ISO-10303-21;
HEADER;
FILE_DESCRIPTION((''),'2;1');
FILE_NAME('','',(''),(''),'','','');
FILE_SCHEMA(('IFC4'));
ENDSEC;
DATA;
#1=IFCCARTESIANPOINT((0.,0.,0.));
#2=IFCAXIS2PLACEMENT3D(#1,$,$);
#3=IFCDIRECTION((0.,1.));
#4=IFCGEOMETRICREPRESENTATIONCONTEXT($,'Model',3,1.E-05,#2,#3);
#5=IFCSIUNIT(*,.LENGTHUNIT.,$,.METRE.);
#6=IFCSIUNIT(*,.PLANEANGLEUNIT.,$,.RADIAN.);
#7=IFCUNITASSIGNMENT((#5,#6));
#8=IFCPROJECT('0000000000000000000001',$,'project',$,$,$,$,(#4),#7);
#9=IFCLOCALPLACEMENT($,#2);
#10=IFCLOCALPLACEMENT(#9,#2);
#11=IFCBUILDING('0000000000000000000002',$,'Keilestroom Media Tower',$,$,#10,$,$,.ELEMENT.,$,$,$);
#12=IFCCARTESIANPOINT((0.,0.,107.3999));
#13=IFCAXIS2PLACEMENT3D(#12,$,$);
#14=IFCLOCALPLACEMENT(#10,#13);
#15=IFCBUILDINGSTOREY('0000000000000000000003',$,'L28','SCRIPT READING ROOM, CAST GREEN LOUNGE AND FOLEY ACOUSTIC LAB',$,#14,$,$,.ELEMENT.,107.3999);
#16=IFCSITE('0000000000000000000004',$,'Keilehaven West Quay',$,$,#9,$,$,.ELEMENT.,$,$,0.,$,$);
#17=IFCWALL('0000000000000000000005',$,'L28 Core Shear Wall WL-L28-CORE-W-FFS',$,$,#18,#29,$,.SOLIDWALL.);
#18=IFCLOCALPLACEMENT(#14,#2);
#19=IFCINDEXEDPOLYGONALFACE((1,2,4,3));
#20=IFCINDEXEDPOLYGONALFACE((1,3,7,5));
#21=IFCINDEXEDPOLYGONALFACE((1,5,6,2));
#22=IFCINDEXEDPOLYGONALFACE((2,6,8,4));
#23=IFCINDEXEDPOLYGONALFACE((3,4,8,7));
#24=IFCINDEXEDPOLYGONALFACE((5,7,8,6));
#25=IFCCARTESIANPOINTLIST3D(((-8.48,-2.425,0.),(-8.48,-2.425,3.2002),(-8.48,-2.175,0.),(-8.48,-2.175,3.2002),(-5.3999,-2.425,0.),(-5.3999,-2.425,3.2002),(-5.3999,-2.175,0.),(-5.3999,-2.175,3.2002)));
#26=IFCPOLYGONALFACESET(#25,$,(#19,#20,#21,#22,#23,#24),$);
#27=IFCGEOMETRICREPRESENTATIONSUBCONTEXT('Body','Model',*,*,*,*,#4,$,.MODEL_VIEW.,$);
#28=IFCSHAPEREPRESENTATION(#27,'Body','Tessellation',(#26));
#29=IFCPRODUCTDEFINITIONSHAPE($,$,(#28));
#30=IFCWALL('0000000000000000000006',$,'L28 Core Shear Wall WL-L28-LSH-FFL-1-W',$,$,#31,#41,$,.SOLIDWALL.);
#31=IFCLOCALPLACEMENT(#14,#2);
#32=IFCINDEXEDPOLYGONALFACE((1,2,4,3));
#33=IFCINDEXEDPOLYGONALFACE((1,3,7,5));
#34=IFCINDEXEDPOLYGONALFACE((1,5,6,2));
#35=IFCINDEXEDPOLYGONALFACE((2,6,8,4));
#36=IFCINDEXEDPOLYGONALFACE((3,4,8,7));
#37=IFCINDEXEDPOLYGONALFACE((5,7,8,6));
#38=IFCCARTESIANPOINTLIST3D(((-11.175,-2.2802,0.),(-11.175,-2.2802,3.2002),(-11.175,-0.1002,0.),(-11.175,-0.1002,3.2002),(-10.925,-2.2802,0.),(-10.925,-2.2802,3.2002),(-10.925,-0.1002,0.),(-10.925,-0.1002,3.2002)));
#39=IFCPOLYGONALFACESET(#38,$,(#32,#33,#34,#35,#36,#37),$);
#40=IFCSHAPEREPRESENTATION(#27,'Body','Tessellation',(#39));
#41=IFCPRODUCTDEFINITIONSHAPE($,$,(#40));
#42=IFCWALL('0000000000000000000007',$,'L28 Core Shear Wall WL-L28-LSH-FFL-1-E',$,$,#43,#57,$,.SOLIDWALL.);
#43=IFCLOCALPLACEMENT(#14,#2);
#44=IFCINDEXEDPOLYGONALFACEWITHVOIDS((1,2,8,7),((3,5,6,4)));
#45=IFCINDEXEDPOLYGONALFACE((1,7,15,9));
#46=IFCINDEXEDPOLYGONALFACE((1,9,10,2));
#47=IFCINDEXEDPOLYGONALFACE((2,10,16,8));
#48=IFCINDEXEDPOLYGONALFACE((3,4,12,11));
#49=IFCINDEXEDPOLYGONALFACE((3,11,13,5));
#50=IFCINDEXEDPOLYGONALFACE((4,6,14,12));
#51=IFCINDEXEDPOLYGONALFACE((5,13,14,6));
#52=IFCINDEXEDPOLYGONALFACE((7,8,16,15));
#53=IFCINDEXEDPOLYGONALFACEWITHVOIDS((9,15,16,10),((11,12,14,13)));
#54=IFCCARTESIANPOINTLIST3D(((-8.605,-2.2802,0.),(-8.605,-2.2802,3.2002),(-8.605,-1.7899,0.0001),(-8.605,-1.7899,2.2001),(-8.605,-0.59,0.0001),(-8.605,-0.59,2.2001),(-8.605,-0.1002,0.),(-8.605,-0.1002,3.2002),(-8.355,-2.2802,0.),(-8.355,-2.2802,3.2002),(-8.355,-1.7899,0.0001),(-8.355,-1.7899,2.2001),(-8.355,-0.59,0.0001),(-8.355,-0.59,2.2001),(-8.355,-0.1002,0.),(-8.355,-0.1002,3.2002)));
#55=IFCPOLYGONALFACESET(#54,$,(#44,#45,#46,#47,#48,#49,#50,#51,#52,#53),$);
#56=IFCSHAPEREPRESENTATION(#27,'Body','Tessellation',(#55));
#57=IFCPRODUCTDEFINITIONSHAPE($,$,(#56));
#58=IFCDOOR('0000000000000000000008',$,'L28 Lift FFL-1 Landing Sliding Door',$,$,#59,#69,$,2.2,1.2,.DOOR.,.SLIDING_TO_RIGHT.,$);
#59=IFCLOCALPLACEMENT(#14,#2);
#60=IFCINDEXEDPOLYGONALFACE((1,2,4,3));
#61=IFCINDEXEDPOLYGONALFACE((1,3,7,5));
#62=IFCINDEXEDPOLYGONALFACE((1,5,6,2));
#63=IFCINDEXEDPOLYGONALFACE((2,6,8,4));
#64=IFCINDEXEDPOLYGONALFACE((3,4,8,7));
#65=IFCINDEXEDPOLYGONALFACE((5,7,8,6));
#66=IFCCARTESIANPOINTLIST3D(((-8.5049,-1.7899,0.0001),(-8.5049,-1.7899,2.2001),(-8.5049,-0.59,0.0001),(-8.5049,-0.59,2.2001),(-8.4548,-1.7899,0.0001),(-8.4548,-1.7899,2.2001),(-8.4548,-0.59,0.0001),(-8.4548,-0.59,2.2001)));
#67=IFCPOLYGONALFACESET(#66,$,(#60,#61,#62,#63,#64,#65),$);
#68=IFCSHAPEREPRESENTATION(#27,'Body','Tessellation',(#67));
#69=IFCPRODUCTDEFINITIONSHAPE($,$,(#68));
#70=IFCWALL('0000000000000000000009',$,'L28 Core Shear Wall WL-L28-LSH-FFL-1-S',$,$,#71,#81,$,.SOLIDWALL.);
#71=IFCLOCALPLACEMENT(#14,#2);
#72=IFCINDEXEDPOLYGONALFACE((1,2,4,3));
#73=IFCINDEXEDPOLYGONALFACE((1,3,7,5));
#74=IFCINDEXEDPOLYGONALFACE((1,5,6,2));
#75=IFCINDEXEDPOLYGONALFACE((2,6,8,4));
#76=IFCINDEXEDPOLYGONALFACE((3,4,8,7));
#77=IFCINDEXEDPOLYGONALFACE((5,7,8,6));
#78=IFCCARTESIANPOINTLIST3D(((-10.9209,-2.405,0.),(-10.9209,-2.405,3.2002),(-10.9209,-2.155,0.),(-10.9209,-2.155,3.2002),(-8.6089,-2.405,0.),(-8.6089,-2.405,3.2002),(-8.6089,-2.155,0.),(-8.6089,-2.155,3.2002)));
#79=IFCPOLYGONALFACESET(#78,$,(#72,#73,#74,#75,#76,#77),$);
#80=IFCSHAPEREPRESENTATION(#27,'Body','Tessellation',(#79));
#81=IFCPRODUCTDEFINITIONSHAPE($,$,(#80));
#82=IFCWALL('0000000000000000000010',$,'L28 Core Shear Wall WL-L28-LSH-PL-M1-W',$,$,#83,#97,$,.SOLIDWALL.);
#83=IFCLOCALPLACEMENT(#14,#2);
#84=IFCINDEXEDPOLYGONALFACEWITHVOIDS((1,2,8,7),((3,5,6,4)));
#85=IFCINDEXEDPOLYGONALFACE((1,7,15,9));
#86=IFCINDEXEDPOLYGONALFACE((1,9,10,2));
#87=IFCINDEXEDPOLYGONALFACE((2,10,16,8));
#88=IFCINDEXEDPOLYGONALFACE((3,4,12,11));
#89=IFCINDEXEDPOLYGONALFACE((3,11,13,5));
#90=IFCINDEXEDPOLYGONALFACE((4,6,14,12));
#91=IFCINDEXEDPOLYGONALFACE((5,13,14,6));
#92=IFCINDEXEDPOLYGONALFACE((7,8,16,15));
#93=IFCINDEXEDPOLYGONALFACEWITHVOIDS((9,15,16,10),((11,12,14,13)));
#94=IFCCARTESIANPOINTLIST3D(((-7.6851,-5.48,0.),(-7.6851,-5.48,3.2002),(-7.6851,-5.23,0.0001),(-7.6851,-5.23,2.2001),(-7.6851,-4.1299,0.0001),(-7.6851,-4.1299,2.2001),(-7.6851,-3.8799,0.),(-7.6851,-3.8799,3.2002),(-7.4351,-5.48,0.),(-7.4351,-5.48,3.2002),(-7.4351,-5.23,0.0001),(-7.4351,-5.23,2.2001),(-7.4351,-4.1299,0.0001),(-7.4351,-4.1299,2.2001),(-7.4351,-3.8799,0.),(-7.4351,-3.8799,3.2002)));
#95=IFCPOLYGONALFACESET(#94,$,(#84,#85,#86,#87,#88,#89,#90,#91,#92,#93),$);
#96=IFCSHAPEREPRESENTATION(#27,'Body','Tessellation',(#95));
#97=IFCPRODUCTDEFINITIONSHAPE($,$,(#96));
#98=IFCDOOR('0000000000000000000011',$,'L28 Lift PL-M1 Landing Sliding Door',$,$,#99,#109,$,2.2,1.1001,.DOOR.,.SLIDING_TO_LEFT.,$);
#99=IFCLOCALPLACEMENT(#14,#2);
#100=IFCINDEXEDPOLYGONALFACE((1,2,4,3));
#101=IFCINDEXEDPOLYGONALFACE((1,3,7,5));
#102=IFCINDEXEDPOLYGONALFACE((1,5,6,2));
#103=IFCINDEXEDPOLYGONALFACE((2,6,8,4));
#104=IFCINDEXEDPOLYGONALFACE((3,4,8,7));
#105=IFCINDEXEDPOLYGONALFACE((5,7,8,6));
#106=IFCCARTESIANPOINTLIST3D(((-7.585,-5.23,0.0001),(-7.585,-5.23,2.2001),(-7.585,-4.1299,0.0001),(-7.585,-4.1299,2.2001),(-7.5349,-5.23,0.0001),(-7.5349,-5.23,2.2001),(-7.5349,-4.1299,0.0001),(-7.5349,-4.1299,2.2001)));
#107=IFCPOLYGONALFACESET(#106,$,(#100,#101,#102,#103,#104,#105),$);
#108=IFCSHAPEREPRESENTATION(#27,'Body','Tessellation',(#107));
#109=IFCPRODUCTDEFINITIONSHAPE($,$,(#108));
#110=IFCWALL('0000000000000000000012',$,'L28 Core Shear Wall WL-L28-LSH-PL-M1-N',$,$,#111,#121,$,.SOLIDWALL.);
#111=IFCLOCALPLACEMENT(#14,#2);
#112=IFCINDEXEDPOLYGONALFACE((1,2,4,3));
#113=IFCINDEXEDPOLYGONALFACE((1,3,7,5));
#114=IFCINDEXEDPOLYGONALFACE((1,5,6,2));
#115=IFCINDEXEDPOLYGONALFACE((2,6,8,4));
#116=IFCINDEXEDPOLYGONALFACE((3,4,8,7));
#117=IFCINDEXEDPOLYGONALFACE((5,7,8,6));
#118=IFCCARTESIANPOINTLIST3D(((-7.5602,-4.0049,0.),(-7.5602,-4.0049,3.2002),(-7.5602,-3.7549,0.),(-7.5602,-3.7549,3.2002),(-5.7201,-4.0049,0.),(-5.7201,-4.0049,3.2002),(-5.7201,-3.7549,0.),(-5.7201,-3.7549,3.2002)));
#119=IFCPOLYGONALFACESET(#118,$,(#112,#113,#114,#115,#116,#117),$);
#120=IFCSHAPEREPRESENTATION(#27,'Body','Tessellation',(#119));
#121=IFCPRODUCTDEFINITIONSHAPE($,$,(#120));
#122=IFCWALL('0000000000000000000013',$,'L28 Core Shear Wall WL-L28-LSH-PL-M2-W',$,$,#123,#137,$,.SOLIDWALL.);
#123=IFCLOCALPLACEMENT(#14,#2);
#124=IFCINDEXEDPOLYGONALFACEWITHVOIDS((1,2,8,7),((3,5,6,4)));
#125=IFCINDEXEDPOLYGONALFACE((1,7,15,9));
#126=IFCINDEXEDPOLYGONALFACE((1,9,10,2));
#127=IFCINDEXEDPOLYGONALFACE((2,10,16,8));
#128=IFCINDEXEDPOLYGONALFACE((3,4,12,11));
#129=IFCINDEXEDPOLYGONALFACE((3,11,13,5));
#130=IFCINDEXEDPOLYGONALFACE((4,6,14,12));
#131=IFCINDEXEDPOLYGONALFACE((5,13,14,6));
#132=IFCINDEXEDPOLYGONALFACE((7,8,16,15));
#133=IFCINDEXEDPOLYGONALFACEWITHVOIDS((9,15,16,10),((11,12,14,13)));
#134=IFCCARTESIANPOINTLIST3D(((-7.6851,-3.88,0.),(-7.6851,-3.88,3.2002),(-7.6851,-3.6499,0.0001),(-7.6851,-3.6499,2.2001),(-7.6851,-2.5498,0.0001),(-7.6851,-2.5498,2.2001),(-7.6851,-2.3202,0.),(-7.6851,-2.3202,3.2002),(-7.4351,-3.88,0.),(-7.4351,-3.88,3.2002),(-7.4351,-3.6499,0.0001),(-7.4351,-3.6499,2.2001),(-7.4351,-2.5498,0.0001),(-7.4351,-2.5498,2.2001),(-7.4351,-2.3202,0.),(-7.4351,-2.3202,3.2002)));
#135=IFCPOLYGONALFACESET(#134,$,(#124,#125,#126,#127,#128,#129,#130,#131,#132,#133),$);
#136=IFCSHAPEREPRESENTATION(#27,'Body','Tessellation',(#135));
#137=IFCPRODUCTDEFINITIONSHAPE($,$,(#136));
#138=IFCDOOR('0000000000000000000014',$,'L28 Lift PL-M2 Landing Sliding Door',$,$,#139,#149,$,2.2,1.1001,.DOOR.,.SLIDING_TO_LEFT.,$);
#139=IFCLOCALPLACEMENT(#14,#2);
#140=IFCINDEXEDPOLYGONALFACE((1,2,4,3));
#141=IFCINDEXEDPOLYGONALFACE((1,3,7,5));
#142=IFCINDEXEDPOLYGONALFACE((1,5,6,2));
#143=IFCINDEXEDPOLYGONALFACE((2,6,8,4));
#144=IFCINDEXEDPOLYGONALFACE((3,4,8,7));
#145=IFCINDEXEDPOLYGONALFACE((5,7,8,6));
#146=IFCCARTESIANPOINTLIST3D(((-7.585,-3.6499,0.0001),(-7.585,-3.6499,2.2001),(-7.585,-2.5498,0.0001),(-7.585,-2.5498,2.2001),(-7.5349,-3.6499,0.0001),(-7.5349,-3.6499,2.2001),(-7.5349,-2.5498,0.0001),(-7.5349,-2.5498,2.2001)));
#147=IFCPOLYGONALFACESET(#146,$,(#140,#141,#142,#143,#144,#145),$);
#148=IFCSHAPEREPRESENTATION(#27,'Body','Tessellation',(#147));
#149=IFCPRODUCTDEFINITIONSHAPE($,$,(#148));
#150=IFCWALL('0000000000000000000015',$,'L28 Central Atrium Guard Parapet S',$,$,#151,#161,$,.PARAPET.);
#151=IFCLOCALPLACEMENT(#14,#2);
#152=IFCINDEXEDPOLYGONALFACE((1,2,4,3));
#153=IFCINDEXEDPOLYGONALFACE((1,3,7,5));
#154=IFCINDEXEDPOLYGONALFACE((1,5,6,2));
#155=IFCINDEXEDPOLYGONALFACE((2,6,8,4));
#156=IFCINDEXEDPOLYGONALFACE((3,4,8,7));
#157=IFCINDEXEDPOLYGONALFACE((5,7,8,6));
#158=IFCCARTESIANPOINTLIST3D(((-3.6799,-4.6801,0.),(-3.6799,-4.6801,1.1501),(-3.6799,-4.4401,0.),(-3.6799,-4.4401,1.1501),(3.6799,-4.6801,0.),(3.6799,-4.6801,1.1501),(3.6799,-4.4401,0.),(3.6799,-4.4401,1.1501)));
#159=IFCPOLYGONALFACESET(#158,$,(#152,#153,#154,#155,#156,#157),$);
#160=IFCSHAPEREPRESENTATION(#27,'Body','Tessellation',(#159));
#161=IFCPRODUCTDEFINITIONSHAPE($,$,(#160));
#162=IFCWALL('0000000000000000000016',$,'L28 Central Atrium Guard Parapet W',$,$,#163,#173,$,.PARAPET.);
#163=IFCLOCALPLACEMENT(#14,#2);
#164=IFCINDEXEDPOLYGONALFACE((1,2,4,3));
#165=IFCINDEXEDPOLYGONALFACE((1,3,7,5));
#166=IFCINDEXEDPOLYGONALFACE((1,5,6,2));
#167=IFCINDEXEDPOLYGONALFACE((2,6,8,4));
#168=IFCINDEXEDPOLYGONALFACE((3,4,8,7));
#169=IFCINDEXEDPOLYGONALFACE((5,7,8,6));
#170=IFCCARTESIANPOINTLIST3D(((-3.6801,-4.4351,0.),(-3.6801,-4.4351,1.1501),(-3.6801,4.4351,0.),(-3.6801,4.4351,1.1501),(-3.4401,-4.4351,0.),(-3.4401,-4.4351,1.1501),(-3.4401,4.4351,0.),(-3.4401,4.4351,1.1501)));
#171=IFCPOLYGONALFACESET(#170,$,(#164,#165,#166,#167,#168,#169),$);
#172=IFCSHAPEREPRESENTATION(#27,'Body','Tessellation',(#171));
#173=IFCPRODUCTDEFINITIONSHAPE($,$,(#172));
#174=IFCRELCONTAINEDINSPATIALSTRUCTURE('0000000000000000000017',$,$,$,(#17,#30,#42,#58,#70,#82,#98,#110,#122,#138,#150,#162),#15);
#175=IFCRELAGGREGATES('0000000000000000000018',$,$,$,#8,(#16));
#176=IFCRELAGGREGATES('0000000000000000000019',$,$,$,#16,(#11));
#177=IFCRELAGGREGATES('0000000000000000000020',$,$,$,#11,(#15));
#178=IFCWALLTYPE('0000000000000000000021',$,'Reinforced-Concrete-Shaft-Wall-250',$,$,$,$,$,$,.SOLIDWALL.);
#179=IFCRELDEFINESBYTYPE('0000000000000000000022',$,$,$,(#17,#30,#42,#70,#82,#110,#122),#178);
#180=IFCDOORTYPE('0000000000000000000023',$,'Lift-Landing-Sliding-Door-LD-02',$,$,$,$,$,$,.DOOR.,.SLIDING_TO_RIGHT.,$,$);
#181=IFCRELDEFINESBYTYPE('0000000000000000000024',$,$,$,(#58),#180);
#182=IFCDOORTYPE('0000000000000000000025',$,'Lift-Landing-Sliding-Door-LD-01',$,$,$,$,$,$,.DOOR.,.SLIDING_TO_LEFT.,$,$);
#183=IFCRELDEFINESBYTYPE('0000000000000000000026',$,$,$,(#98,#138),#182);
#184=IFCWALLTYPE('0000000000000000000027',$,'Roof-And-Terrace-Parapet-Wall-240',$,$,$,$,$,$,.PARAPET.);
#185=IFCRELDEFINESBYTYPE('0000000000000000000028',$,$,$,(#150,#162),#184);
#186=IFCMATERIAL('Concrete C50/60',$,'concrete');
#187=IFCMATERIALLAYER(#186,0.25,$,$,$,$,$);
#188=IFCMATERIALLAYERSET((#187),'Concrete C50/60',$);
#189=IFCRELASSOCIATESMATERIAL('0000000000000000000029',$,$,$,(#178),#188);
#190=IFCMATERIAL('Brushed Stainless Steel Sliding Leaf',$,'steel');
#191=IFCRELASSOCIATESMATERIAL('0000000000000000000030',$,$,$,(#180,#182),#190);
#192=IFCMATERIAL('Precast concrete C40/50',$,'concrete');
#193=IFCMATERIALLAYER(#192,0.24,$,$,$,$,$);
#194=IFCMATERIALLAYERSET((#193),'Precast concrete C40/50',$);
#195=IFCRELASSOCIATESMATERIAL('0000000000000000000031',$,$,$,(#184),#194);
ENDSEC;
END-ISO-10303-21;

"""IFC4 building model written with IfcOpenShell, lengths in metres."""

from ifc_helpers import new_model, si_unit, direction, frame, frame_2d, origin, place, context, subcontext, project, spatial, rectangle, extrude, source, transform, mapped, material, layer, layer_set, type_object, element, fill, save


model = new_model("IFC4")

# Units and contexts
model_context = context("Model", 3, precision=1e-05, world=origin(), true_north=direction((0.0, 1.0)))
body_context = subcontext(model_context, "Body", "Model", "MODEL_VIEW")
ifc_project = project(units=[si_unit("LENGTHUNIT", "METRE"), si_unit("PLANEANGLEUNIT", "RADIAN")], contexts=[model_context])

# Site, building, storey
site_placement = place(None, origin())
site = spatial("IfcSite", under=ifc_project, at=site_placement, Name="Keilehaven West Quay", CompositionType="ELEMENT", RefElevation=0.0)
building_placement = place(site_placement, origin())
building = spatial("IfcBuilding", under=site, at=building_placement, Name="Keilestroom Media Tower", CompositionType="ELEMENT")
storey_placement = place(building_placement, frame((0.0, 0.0, 107.3999)))
storey = spatial("IfcBuildingStorey", under=building, at=storey_placement, Name="L28", Description="SCRIPT READING ROOM, CAST GREEN LOUNGE AND FOLEY ACOUSTIC LAB", CompositionType="ELEMENT", Elevation=107.3999)

# Shared definitions
shared_shape_1 = source(origin(), body_context, "Body", "SweptSolid", [
    extrude(rectangle(XDim=1.2, YDim=2.2, at=frame_2d((0.6001, 1.1001))), frame((0.0, 0.0249, 0.0), z_axis=(0.0, -1.0, 0.0), x_axis=(1.0, 0.0, 0.0)), (0.0, 0.0, 1.0), 0.05),
])

# Walls
ifc_material_1 = material(Name="Concrete C50/60", Category="concrete")
ifc_layer_1 = layer(ifc_material_1, 0.25)
ifc_layer_set_1 = layer_set([ifc_layer_1], Name="Concrete C50/60")
wall_type_1 = type_object("IfcWallType", Name="Reinforced-Concrete-Shaft-Wall-250", PredefinedType="SOLIDWALL", material=ifc_layer_set_1)
wall_1_placement = place(storey_placement, frame((-8.48, -2.3, 0.0), z_axis=(0.0, 0.0, 1.0), x_axis=(1.0, 0.0, 0.0)))
element("IfcWall", 1, at=wall_1_placement, inside=storey, type_object=wall_type_1, Name="L28 Core Shear Wall WL-L28-CORE-W-FFS", PredefinedType="SOLIDWALL", context=body_context, shape_type="SweptSolid", body=[
    extrude(rectangle(XDim=3.0801, YDim=0.25, at=frame_2d((1.54, 0.0))), origin(), (0.0, 0.0, 1.0), 3.2002),
])
wall_2_placement = place(storey_placement, frame((-11.05, -2.28, 0.0), z_axis=(0.0, 0.0, 1.0), x_axis=(0.0, 1.0, 0.0)))
element("IfcWall", 2, at=wall_2_placement, inside=storey, type_object=wall_type_1, Name="L28 Core Shear Wall WL-L28-LSH-FFL-1-W", PredefinedType="SOLIDWALL", context=body_context, shape_type="SweptSolid", body=[
    extrude(rectangle(XDim=2.1799, YDim=0.25, at=frame_2d((1.0898, 0.0))), origin(), (0.0, 0.0, 1.0), 3.2002),
])

# Wall, opening, door
wall_3_placement = place(storey_placement, frame((-8.48, -2.28, 0.0), z_axis=(0.0, 0.0, 1.0), x_axis=(0.0, 1.0, 0.0)))
wall_3 = element("IfcWall", 3, at=wall_3_placement, inside=storey, type_object=wall_type_1, Name="L28 Core Shear Wall WL-L28-LSH-FFL-1-E", PredefinedType="SOLIDWALL", context=body_context, shape_type="SweptSolid", body=[
    extrude(rectangle(XDim=2.1799, YDim=0.25, at=frame_2d((1.0898, 0.0))), origin(), (0.0, 0.0, 1.0), 3.2002),
])
opening_1_placement = place(wall_3_placement, frame((0.49, 0.0, 0.0)))
opening_1 = element("IfcOpeningElement", 4, at=opening_1_placement, cuts=wall_3, PredefinedType="OPENING", context=body_context, shape_type="SweptSolid", body=[
    extrude(rectangle(XDim=1.2, YDim=2.2, at=frame_2d((0.6001, 1.1001))), frame((0.0, 0.135, 0.0), z_axis=(0.0, -1.0, 0.0), x_axis=(1.0, 0.0, 0.0)), (0.0, 0.0, 1.0), 0.27),
])
ifc_material_2 = material(Name="Brushed Stainless Steel Sliding Leaf", Category="steel")
door_type_1 = type_object("IfcDoorType", Name="Lift-Landing-Sliding-Door-LD-02", OperationType="SLIDING_TO_RIGHT", PredefinedType="DOOR", material=ifc_material_2)
door_1_placement = place(opening_1_placement, origin())
door_1 = element("IfcDoor", 5, at=door_1_placement, inside=storey, type_object=door_type_1, Name="L28 Lift FFL-1 Landing Sliding Door", OperationType="SLIDING_TO_RIGHT", OverallHeight=2.2, OverallWidth=1.2, PredefinedType="DOOR", context=body_context, shape_type="MappedRepresentation", body=[
    mapped(shared_shape_1, transform((0.0, 0.0, 0.0), x_axis=(1.0, 0.0, 0.0), y_axis=(0.0, 1.0, 0.0), z_axis=(0.0, 0.0, 1.0), scale=1.0)),
])
fill(opening_1, door_1)

# Wall
wall_4_placement = place(storey_placement, frame((-10.9209, -2.28, 0.0), z_axis=(0.0, 0.0, 1.0), x_axis=(1.0, 0.0, 0.0)))
element("IfcWall", 6, at=wall_4_placement, inside=storey, type_object=wall_type_1, Name="L28 Core Shear Wall WL-L28-LSH-FFL-1-S", PredefinedType="SOLIDWALL", context=body_context, shape_type="SweptSolid", body=[
    extrude(rectangle(XDim=2.312, YDim=0.25, at=frame_2d((1.156, 0.0))), origin(), (0.0, 0.0, 1.0), 3.2002),
])

# Wall, opening, door
wall_5_placement = place(storey_placement, frame((-7.5601, -5.48, 0.0), z_axis=(0.0, 0.0, 1.0), x_axis=(0.0, 1.0, 0.0)))
wall_5 = element("IfcWall", 7, at=wall_5_placement, inside=storey, type_object=wall_type_1, Name="L28 Core Shear Wall WL-L28-LSH-PL-M1-W", PredefinedType="SOLIDWALL", context=body_context, shape_type="SweptSolid", body=[
    extrude(rectangle(XDim=1.6001, YDim=0.25, at=frame_2d((0.8, 0.0))), origin(), (0.0, 0.0, 1.0), 3.2002),
])
opening_2_placement = place(wall_5_placement, frame((0.25, 0.0, 0.0)))
opening_2 = element("IfcOpeningElement", 8, at=opening_2_placement, cuts=wall_5, PredefinedType="OPENING", context=body_context, shape_type="SweptSolid", body=[
    extrude(rectangle(XDim=1.1001, YDim=2.2, at=frame_2d((0.55, 1.1001))), frame((0.0, 0.135, 0.0), z_axis=(0.0, -1.0, 0.0), x_axis=(1.0, 0.0, 0.0)), (0.0, 0.0, 1.0), 0.27),
])
door_type_2 = type_object("IfcDoorType", Name="Lift-Landing-Sliding-Door-LD-01", OperationType="SLIDING_TO_LEFT", PredefinedType="DOOR", material=ifc_material_2)
shared_shape_2 = source(origin(), body_context, "Body", "SweptSolid", [
    extrude(rectangle(XDim=1.1001, YDim=2.2, at=frame_2d((0.55, 1.1001))), frame((0.0, 0.0249, 0.0), z_axis=(0.0, -1.0, 0.0), x_axis=(1.0, 0.0, 0.0)), (0.0, 0.0, 1.0), 0.05),
])
door_2_placement = place(opening_2_placement, origin())
door_2 = element("IfcDoor", 9, at=door_2_placement, inside=storey, type_object=door_type_2, Name="L28 Lift PL-M1 Landing Sliding Door", OperationType="SLIDING_TO_LEFT", OverallHeight=2.2, OverallWidth=1.1001, PredefinedType="DOOR", context=body_context, shape_type="MappedRepresentation", body=[
    mapped(shared_shape_2, transform((0.0, 0.0, 0.0), x_axis=(1.0, 0.0, 0.0), y_axis=(0.0, 1.0, 0.0), z_axis=(0.0, 0.0, 1.0), scale=1.0)),
])
fill(opening_2, door_2)

# Wall
wall_6_placement = place(storey_placement, frame((-7.5601, -3.8799, 0.0), z_axis=(0.0, 0.0, 1.0), x_axis=(1.0, 0.0, 0.0)))
element("IfcWall", 10, at=wall_6_placement, inside=storey, type_object=wall_type_1, Name="L28 Core Shear Wall WL-L28-LSH-PL-M1-N", PredefinedType="SOLIDWALL", context=body_context, shape_type="SweptSolid", body=[
    extrude(rectangle(XDim=1.8401, YDim=0.25, at=frame_2d((0.9199, 0.0))), origin(), (0.0, 0.0, 1.0), 3.2002),
])

# Wall, opening, door
wall_7_placement = place(storey_placement, frame((-7.5601, -3.8799, 0.0), z_axis=(0.0, 0.0, 1.0), x_axis=(0.0, 1.0, 0.0)))
wall_7 = element("IfcWall", 11, at=wall_7_placement, inside=storey, type_object=wall_type_1, Name="L28 Core Shear Wall WL-L28-LSH-PL-M2-W", PredefinedType="SOLIDWALL", context=body_context, shape_type="SweptSolid", body=[
    extrude(rectangle(XDim=1.5598, YDim=0.25, at=frame_2d((0.7798, 0.0))), origin(), (0.0, 0.0, 1.0), 3.2002),
])
opening_3_placement = place(wall_7_placement, frame((0.23, 0.0, 0.0)))
opening_3 = element("IfcOpeningElement", 12, at=opening_3_placement, cuts=wall_7, PredefinedType="OPENING", context=body_context, shape_type="SweptSolid", body=[
    extrude(rectangle(XDim=1.1001, YDim=2.2, at=frame_2d((0.55, 1.1001))), frame((0.0, 0.135, 0.0), z_axis=(0.0, -1.0, 0.0), x_axis=(1.0, 0.0, 0.0)), (0.0, 0.0, 1.0), 0.27),
])
door_3_placement = place(opening_3_placement, origin())
door_3 = element("IfcDoor", 13, at=door_3_placement, inside=storey, type_object=door_type_2, Name="L28 Lift PL-M2 Landing Sliding Door", OperationType="SLIDING_TO_LEFT", OverallHeight=2.2, OverallWidth=1.1001, PredefinedType="DOOR", context=body_context, shape_type="MappedRepresentation", body=[
    mapped(shared_shape_2, transform((0.0, 0.0, 0.0), x_axis=(1.0, 0.0, 0.0), y_axis=(0.0, 1.0, 0.0), z_axis=(0.0, 0.0, 1.0), scale=1.0)),
])
fill(opening_3, door_3)

# Walls
ifc_material_3 = material(Name="Precast concrete C40/50", Category="concrete")
ifc_layer_2 = layer(ifc_material_3, 0.24)
ifc_layer_set_2 = layer_set([ifc_layer_2], Name="Precast concrete C40/50")
wall_type_2 = type_object("IfcWallType", Name="Roof-And-Terrace-Parapet-Wall-240", PredefinedType="PARAPET", material=ifc_layer_set_2)
wall_8_placement = place(storey_placement, frame((-3.6799, -4.5601, 0.0), z_axis=(0.0, 0.0, 1.0), x_axis=(1.0, 0.0, 0.0)))
element("IfcWall", 14, at=wall_8_placement, inside=storey, type_object=wall_type_2, Name="L28 Central Atrium Guard Parapet S", PredefinedType="PARAPET", context=body_context, shape_type="SweptSolid", body=[
    extrude(rectangle(XDim=7.3599, YDim=0.24, at=frame_2d((3.6799, 0.0))), origin(), (0.0, 0.0, 1.0), 1.1501),
])
wall_9_placement = place(storey_placement, frame((-3.5601, -4.4351, 0.0), z_axis=(0.0, 0.0, 1.0), x_axis=(0.0, 1.0, 0.0)))
element("IfcWall", 15, at=wall_9_placement, inside=storey, type_object=wall_type_2, Name="L28 Central Atrium Guard Parapet W", PredefinedType="PARAPET", context=body_context, shape_type="SweptSolid", body=[
    extrude(rectangle(XDim=8.8701, YDim=0.24, at=frame_2d((4.4351, 0.0))), origin(), (0.0, 0.0, 1.0), 1.1501),
])

save(model, "model.ifc")
